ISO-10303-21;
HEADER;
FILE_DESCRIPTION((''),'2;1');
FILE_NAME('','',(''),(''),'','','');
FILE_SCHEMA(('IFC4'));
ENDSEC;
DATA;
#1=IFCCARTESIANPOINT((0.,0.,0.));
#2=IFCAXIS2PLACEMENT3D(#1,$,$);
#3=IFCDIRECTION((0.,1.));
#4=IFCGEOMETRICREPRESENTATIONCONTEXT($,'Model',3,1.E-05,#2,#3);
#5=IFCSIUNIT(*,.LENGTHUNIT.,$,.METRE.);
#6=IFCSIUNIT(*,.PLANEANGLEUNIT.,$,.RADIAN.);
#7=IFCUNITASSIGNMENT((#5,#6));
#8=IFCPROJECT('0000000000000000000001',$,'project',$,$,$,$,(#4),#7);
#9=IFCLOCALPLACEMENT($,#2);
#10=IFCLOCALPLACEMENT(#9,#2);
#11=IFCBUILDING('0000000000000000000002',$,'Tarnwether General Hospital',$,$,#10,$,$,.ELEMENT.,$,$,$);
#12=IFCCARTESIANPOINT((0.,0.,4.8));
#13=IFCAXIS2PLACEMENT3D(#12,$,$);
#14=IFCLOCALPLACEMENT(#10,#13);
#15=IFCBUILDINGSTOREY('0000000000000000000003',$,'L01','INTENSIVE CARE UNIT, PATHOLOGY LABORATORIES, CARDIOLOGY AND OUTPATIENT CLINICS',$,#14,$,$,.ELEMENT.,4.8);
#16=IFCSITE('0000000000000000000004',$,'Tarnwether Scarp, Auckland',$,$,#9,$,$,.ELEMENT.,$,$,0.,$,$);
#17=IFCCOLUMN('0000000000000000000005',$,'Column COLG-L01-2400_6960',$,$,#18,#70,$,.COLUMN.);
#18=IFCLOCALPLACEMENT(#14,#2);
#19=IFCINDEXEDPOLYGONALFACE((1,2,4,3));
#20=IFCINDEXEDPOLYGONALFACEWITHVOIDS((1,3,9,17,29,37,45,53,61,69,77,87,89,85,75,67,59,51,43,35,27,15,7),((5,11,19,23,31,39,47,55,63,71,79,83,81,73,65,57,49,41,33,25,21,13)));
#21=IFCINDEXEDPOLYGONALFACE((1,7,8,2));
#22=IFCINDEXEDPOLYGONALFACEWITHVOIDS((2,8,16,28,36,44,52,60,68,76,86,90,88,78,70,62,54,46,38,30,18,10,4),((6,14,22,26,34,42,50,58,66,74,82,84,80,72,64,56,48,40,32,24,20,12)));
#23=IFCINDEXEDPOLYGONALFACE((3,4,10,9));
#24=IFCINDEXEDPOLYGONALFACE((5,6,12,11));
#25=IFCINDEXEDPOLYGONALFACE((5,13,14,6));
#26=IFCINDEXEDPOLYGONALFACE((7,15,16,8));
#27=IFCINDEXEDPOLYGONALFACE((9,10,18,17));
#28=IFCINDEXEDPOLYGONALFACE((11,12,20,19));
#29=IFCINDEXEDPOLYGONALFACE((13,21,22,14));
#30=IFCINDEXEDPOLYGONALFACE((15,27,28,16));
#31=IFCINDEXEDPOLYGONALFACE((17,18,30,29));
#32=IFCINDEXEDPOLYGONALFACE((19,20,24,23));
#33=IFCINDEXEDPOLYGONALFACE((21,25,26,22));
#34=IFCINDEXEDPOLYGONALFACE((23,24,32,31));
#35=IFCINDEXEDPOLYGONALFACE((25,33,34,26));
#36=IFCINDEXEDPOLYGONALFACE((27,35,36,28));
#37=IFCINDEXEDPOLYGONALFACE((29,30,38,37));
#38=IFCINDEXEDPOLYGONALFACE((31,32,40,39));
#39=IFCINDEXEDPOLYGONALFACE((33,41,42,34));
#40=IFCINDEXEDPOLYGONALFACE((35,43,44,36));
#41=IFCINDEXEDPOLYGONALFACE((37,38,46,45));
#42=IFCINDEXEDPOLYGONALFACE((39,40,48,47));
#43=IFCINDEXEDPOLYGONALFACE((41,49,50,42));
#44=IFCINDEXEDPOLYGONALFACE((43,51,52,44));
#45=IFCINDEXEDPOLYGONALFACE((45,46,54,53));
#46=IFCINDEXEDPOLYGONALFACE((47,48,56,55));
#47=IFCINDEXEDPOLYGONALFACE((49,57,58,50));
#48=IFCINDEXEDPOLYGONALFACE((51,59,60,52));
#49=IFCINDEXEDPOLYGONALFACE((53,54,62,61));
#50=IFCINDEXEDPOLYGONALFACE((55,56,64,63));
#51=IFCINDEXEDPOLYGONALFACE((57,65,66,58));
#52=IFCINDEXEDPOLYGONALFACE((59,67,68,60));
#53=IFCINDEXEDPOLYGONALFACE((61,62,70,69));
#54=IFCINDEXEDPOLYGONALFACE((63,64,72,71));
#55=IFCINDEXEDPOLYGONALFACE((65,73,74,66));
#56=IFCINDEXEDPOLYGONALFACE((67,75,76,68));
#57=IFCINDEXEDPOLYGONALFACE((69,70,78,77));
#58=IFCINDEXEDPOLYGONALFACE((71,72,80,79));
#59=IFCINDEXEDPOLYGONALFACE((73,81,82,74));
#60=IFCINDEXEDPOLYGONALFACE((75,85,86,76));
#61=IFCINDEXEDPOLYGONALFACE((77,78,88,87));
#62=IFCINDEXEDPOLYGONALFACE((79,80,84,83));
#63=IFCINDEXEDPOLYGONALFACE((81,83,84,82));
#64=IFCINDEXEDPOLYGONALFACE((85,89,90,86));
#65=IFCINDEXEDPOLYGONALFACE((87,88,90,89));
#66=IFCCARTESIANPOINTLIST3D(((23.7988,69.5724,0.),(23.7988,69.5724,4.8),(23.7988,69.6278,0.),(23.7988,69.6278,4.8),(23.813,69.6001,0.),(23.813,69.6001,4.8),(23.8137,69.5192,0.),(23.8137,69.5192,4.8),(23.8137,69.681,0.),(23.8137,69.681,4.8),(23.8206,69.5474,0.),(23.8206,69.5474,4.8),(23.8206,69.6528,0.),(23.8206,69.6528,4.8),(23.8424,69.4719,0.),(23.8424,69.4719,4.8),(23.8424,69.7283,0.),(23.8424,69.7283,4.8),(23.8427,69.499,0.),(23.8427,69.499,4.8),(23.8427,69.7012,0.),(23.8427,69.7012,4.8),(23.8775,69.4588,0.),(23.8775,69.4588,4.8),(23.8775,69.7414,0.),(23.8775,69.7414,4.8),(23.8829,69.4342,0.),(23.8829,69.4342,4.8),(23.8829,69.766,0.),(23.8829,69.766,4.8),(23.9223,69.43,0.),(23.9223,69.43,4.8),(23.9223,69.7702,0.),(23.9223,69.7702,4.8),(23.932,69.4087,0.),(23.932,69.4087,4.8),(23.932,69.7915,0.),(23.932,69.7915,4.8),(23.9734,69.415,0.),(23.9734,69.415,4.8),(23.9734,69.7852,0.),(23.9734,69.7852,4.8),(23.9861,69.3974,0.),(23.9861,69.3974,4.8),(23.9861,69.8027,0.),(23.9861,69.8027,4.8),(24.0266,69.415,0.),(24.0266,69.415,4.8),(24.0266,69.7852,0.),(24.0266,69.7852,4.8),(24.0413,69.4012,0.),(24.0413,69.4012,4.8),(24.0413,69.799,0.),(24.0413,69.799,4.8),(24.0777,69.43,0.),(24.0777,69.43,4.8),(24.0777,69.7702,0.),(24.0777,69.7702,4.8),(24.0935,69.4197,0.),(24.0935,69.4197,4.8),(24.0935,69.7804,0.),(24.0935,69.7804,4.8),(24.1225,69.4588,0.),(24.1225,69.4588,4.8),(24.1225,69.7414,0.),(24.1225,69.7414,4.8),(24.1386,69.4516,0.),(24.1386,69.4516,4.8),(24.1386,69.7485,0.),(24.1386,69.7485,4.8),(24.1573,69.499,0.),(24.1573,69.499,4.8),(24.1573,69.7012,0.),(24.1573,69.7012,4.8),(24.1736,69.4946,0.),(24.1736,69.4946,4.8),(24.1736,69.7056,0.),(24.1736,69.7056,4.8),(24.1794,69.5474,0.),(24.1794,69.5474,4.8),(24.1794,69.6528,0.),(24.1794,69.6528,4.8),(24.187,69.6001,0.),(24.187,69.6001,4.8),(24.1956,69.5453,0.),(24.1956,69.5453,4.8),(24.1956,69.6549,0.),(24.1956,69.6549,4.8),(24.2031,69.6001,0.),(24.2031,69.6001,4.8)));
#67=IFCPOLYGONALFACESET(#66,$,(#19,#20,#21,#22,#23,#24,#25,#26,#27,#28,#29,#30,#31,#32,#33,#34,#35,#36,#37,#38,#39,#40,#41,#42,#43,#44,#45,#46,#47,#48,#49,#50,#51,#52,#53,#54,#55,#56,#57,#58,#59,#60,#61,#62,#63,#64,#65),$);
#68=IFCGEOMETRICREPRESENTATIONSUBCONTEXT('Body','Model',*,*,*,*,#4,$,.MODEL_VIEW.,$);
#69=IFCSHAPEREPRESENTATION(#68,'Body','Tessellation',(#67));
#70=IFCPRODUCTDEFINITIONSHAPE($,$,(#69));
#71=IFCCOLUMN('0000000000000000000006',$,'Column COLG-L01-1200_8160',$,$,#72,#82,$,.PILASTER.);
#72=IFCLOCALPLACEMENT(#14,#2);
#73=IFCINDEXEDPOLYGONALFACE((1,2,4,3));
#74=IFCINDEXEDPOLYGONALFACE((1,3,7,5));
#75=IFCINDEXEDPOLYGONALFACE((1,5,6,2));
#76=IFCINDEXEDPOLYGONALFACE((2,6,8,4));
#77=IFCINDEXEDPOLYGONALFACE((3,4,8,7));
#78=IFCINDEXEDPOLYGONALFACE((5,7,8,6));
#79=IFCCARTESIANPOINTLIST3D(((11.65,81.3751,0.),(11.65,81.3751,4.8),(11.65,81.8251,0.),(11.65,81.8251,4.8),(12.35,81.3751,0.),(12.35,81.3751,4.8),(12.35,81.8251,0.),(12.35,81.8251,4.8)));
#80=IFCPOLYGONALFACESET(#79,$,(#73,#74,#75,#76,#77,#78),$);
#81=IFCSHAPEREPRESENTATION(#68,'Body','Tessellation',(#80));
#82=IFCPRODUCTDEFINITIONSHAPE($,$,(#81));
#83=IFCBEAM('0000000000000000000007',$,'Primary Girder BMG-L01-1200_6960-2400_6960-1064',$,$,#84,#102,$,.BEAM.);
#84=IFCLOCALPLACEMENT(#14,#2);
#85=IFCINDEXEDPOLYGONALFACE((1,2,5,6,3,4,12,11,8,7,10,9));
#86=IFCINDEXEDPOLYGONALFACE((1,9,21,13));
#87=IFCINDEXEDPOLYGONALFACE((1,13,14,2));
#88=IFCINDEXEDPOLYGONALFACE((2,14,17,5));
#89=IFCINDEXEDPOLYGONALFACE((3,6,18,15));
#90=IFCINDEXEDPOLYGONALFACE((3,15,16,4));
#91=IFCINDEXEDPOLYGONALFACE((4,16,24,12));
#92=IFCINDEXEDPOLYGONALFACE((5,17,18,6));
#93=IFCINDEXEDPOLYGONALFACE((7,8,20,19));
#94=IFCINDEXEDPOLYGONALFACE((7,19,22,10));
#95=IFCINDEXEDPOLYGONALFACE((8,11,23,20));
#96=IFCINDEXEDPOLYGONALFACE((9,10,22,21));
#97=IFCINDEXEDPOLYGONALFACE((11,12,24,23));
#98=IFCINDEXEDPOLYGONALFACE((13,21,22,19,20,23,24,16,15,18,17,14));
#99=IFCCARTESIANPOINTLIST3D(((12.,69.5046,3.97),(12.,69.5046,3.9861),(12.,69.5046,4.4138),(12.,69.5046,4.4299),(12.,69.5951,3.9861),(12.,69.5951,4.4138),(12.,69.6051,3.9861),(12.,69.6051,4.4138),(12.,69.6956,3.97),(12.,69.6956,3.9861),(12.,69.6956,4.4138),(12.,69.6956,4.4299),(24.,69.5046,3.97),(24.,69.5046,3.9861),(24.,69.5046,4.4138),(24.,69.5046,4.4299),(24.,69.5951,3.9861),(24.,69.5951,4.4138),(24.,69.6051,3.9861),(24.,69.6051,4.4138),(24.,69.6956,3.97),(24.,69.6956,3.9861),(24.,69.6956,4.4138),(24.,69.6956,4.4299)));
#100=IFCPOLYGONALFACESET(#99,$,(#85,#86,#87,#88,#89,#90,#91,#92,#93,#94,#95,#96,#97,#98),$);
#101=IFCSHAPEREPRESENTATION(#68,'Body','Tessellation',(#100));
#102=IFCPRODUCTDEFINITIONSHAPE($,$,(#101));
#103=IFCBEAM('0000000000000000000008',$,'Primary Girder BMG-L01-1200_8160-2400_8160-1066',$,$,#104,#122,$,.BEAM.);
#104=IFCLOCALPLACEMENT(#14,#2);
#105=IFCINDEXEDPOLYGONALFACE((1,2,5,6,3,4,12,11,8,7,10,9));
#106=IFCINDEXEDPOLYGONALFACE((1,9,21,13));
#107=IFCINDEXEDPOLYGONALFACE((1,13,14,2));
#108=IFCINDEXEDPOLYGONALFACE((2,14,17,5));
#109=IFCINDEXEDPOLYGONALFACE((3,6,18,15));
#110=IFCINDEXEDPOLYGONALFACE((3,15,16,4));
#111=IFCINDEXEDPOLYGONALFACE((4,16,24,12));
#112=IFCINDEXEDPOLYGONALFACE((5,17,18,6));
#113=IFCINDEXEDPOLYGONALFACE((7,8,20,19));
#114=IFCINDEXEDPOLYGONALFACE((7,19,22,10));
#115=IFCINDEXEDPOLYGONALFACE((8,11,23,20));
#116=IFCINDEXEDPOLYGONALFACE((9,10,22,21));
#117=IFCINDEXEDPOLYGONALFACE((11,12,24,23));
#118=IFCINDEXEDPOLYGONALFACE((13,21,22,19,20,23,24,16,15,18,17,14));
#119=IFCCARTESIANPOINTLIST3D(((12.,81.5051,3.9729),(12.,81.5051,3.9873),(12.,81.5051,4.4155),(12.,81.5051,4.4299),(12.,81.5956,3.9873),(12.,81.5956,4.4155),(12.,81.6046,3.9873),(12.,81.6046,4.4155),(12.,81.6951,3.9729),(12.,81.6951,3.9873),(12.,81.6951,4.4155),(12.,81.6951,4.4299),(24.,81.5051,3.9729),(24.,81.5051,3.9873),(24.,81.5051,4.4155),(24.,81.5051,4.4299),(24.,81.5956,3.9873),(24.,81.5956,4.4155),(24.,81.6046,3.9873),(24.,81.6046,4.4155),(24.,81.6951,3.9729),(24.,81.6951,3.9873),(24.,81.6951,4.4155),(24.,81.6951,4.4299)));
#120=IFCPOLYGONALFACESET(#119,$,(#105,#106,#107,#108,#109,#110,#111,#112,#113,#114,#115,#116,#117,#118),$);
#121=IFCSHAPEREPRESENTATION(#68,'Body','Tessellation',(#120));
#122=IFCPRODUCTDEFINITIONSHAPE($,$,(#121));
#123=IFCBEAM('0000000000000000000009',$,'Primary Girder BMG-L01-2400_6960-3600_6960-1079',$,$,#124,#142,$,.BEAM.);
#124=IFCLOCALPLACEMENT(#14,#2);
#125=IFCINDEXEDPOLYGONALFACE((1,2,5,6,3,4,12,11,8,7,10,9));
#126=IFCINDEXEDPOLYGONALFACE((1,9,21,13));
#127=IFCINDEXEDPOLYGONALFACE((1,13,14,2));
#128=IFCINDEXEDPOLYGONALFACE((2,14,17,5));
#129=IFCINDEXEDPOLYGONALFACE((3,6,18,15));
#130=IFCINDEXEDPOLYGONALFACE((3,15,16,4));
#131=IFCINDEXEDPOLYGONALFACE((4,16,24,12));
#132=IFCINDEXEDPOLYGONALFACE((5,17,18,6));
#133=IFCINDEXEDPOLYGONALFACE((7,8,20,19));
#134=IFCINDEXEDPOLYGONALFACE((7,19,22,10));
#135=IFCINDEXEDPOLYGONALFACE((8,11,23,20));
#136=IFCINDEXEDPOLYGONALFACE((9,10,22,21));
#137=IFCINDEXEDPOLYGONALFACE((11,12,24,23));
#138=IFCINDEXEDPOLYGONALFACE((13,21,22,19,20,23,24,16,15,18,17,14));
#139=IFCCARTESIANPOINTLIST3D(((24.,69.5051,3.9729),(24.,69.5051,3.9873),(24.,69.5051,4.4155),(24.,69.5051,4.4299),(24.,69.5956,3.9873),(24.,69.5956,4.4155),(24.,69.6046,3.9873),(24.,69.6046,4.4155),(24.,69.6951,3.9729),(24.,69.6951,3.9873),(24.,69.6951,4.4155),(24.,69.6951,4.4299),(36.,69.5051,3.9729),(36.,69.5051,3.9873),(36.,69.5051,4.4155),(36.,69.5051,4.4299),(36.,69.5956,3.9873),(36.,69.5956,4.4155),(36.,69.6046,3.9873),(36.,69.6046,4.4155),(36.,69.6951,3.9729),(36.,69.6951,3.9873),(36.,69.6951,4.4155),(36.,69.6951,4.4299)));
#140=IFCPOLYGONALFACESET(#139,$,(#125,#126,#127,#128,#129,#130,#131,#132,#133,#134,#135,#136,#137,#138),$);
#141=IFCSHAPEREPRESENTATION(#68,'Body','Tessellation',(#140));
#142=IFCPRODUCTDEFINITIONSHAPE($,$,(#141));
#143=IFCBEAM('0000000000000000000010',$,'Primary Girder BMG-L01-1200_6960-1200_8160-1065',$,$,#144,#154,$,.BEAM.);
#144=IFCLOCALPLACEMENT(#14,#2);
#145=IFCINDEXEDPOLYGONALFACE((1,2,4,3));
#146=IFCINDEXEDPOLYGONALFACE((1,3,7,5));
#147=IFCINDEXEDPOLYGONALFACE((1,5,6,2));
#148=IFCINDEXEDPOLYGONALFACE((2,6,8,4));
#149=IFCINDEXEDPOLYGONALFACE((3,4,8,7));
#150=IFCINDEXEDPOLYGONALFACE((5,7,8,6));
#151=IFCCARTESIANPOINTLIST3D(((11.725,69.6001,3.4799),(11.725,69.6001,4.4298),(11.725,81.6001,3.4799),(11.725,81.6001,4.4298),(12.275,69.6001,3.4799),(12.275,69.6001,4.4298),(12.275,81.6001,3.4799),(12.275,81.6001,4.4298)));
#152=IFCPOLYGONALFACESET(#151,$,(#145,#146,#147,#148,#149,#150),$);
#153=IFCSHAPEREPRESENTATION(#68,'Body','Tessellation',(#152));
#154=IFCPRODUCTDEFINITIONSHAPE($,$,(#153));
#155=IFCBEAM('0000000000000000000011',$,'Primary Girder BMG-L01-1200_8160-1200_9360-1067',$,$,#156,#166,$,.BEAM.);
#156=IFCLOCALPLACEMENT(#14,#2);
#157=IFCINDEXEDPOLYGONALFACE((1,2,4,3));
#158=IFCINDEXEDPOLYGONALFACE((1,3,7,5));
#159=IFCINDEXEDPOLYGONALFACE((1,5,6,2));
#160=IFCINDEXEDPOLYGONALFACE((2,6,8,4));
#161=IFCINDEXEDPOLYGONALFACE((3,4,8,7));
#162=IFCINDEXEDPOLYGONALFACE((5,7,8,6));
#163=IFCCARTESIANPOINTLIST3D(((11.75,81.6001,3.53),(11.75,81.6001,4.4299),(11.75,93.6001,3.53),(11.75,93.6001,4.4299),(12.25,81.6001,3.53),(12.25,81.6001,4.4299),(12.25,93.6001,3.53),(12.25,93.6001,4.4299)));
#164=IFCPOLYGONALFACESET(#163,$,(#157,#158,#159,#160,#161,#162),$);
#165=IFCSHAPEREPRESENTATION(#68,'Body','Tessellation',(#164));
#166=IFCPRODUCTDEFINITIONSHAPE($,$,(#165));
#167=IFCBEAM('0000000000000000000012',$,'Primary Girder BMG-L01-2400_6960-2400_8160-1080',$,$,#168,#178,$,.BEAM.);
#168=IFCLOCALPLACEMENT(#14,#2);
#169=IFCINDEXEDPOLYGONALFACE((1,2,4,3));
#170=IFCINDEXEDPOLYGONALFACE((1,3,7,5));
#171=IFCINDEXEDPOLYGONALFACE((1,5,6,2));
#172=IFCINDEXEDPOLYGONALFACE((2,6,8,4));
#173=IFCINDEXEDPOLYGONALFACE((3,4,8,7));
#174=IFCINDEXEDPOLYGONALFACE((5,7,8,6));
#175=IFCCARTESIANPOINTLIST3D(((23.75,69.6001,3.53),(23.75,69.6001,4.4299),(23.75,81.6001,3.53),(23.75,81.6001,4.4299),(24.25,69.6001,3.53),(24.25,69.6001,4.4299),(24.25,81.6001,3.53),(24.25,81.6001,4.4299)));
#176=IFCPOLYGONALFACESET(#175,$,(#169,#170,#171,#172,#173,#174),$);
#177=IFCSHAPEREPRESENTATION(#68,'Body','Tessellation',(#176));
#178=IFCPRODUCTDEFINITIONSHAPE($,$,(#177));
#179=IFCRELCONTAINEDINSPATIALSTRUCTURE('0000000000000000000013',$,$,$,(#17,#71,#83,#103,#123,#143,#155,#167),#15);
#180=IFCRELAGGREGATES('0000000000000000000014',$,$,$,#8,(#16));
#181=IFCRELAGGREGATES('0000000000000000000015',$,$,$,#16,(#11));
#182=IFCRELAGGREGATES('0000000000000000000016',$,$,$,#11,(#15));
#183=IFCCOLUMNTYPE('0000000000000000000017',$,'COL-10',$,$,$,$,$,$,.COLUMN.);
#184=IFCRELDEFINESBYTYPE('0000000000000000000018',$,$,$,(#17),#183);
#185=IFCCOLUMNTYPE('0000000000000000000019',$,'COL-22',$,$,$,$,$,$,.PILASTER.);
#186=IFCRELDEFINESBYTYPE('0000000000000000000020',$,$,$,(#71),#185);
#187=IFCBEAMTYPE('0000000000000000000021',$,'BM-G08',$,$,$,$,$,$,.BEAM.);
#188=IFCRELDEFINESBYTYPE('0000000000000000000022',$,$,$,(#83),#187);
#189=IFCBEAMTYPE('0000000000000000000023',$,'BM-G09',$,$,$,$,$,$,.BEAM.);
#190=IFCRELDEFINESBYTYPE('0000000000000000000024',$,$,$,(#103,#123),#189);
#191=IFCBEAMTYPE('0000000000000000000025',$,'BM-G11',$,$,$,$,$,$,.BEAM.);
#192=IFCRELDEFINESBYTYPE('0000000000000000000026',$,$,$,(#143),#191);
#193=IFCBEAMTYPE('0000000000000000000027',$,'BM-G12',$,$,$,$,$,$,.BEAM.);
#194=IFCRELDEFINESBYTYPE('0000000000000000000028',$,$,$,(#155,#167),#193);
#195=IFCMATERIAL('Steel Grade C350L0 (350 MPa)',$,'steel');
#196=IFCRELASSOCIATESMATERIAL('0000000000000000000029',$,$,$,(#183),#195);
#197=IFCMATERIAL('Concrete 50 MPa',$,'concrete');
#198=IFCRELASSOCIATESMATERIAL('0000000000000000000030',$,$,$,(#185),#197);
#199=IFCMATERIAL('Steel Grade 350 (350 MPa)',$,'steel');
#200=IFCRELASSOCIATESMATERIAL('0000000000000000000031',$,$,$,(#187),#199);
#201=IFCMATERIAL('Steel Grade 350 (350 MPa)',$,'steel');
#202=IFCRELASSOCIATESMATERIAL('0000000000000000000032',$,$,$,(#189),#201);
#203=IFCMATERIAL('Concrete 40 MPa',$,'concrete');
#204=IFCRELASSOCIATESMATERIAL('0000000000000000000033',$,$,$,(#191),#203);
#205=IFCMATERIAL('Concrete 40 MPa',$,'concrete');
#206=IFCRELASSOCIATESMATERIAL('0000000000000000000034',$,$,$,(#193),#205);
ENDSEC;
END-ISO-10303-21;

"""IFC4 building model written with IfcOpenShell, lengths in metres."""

from ifc_helpers import new_model, si_unit, direction, frame, origin, origin_2d, place, context, subcontext, project, spatial, rectangle, hollow_circle, i_section, extrude, material, material_profile, profile_set, type_object, element, save


model = new_model("IFC4")

# Units and contexts
model_context = context("Model", 3, precision=1e-05, world=origin(), true_north=direction((0.0, 1.0)))
body_context = subcontext(model_context, "Body", "Model", "MODEL_VIEW")
ifc_project = project(units=[si_unit("LENGTHUNIT", "METRE"), si_unit("PLANEANGLEUNIT", "RADIAN")], contexts=[model_context])

# Site, building, storey
site_placement = place(None, origin())
site = spatial("IfcSite", under=ifc_project, at=site_placement, Name="Tarnwether Scarp, Auckland", CompositionType="ELEMENT", RefElevation=0.0)
building_placement = place(site_placement, origin())
building = spatial("IfcBuilding", under=site, at=building_placement, Name="Tarnwether General Hospital", CompositionType="ELEMENT")
storey_placement = place(building_placement, frame((0.0, 0.0, 4.8)))
storey = spatial("IfcBuildingStorey", under=building, at=storey_placement, Name="L01", Description="INTENSIVE CARE UNIT, PATHOLOGY LABORATORIES, CARDIOLOGY AND OUTPATIENT CLINICS", CompositionType="ELEMENT", Elevation=4.8)

# Columns
ifc_material_1 = material(Name="Steel Grade C350L0 (350 MPa)", Category="steel")
ifc_material_profile_1 = material_profile(ifc_material_1, hollow_circle(Radius=0.2031, WallThickness=0.0161, at=origin_2d()), Name="CHS406.4x16.0")
ifc_profile_set_1 = profile_set([ifc_material_profile_1], Name="Steel Grade C350L0 (350 MPa)")
column_type_1 = type_object("IfcColumnType", Name="COL-10", PredefinedType="COLUMN", material=ifc_profile_set_1)
column_1_placement = place(storey_placement, frame((24.0, 69.6001, 0.0), z_axis=(0.0, 0.0, 1.0), x_axis=(1.0, 0.0, 0.0)))
element("IfcColumn", 1, at=column_1_placement, inside=storey, type_object=column_type_1, Name="Column COLG-L01-2400_6960", PredefinedType="COLUMN", context=body_context, shape_type="SweptSolid", body=[
    extrude(hollow_circle(Radius=0.2031, WallThickness=0.0161, at=origin_2d()), origin(), (0.0, 0.0, 1.0), 4.8),
])
ifc_material_2 = material(Name="Concrete 50 MPa", Category="concrete")
ifc_material_profile_2 = material_profile(ifc_material_2, rectangle(XDim=0.45, YDim=0.7, at=origin_2d()), Name="RC-PIL-450x700")
ifc_profile_set_2 = profile_set([ifc_material_profile_2], Name="Concrete 50 MPa")
column_type_2 = type_object("IfcColumnType", Name="COL-22", PredefinedType="PILASTER", material=ifc_profile_set_2)
column_2_placement = place(storey_placement, frame((12.0, 81.6001, 0.0), z_axis=(0.0, 0.0, 1.0), x_axis=(0.0, 1.0, 0.0)))
element("IfcColumn", 2, at=column_2_placement, inside=storey, type_object=column_type_2, Name="Column COLG-L01-1200_8160", PredefinedType="PILASTER", context=body_context, shape_type="SweptSolid", body=[
    extrude(rectangle(XDim=0.45, YDim=0.7, at=origin_2d()), origin(), (0.0, 0.0, 1.0), 4.8),
])

# Beams
ifc_material_3 = material(Name="Steel Grade 350 (350 MPa)", Category="steel")
ifc_material_profile_3 = material_profile(ifc_material_3, i_section(OverallWidth=0.1909, OverallDepth=0.46, WebThickness=0.01, FlangeThickness=0.0161, at=origin_2d()), Name="460UB82.1")
ifc_profile_set_3 = profile_set([ifc_material_profile_3], Name="Steel Grade 350 (350 MPa)")
beam_type_1 = type_object("IfcBeamType", Name="BM-G08", PredefinedType="BEAM", material=ifc_profile_set_3)
beam_1_placement = place(storey_placement, frame((12.0, 69.6001, 4.2), z_axis=(1.0, 0.0, 0.0), x_axis=(0.0, 1.0, 0.0)))
element("IfcBeam", 3, at=beam_1_placement, inside=storey, type_object=beam_type_1, Name="Primary Girder BMG-L01-1200_6960-2400_6960-1064", PredefinedType="BEAM", context=body_context, shape_type="SweptSolid", body=[
    extrude(i_section(OverallWidth=0.1909, OverallDepth=0.46, WebThickness=0.01, FlangeThickness=0.0161, at=origin_2d()), origin(), (0.0, 0.0, 1.0), 12.0),
])
ifc_material_4 = material(Name="Steel Grade 350 (350 MPa)", Category="steel")
ifc_material_profile_4 = material_profile(ifc_material_4, i_section(OverallWidth=0.1899, OverallDepth=0.457, WebThickness=0.009, FlangeThickness=0.0144, at=origin_2d()), Name="460UB74.6")
ifc_profile_set_4 = profile_set([ifc_material_profile_4], Name="Steel Grade 350 (350 MPa)")
beam_type_2 = type_object("IfcBeamType", Name="BM-G09", PredefinedType="BEAM", material=ifc_profile_set_4)
for number, where, z_axis, x_axis, name in (
    (4, (12.0, 81.6001, 4.2014), (1.0, 0.0, 0.0), (0.0, 1.0, 0.0), "Primary Girder BMG-L01-1200_8160-2400_8160-1066"),
    (5, (24.0, 69.6001, 4.2014), (1.0, 0.0, 0.0), (0.0, 1.0, 0.0), "Primary Girder BMG-L01-2400_6960-3600_6960-1079"),
):
    element("IfcBeam", number, at=place(storey_placement, frame(where, z_axis=z_axis, x_axis=x_axis)), inside=storey, type_object=beam_type_2, Name=name, PredefinedType="BEAM", context=body_context, shape_type="SweptSolid", body=[
        extrude(i_section(OverallWidth=0.1899, OverallDepth=0.457, WebThickness=0.009, FlangeThickness=0.0144, at=origin_2d()), origin(), (0.0, 0.0, 1.0), 12.0),
    ])
ifc_material_5 = material(Name="Concrete 40 MPa", Category="concrete")
ifc_material_profile_5 = material_profile(ifc_material_5, rectangle(XDim=0.55, YDim=0.95, at=origin_2d()), Name="RC-BM-550x950")
ifc_profile_set_5 = profile_set([ifc_material_profile_5], Name="Concrete 40 MPa")
beam_type_3 = type_object("IfcBeamType", Name="BM-G11", PredefinedType="BEAM", material=ifc_profile_set_5)
beam_2_placement = place(storey_placement, frame((12.0, 69.6001, 3.9548), z_axis=(0.0, 1.0, 0.0), x_axis=(-1.0, 0.0, 0.0)))
element("IfcBeam", 6, at=beam_2_placement, inside=storey, type_object=beam_type_3, Name="Primary Girder BMG-L01-1200_6960-1200_8160-1065", PredefinedType="BEAM", context=body_context, shape_type="SweptSolid", body=[
    extrude(rectangle(XDim=0.55, YDim=0.95, at=origin_2d()), origin(), (0.0, 0.0, 1.0), 12.0),
])
ifc_material_6 = material(Name="Concrete 40 MPa", Category="concrete")
ifc_material_profile_6 = material_profile(ifc_material_6, rectangle(XDim=0.5, YDim=0.8999, at=origin_2d()), Name="RC-BM-500x900")
ifc_profile_set_6 = profile_set([ifc_material_profile_6], Name="Concrete 40 MPa")
beam_type_4 = type_object("IfcBeamType", Name="BM-G12", PredefinedType="BEAM", material=ifc_profile_set_6)
for number, where, z_axis, x_axis, name in (
    (7, (12.0, 81.6001, 3.98), (0.0, 1.0, 0.0), (-1.0, 0.0, 0.0), "Primary Girder BMG-L01-1200_8160-1200_9360-1067"),
    (8, (24.0, 69.6001, 3.98), (0.0, 1.0, 0.0), (-1.0, 0.0, 0.0), "Primary Girder BMG-L01-2400_6960-2400_8160-1080"),
):
    element("IfcBeam", number, at=place(storey_placement, frame(where, z_axis=z_axis, x_axis=x_axis)), inside=storey, type_object=beam_type_4, Name=name, PredefinedType="BEAM", context=body_context, shape_type="SweptSolid", body=[
        extrude(rectangle(XDim=0.5, YDim=0.8999, at=origin_2d()), origin(), (0.0, 0.0, 1.0), 12.0),
    ])

save(model, "model.ifc")
